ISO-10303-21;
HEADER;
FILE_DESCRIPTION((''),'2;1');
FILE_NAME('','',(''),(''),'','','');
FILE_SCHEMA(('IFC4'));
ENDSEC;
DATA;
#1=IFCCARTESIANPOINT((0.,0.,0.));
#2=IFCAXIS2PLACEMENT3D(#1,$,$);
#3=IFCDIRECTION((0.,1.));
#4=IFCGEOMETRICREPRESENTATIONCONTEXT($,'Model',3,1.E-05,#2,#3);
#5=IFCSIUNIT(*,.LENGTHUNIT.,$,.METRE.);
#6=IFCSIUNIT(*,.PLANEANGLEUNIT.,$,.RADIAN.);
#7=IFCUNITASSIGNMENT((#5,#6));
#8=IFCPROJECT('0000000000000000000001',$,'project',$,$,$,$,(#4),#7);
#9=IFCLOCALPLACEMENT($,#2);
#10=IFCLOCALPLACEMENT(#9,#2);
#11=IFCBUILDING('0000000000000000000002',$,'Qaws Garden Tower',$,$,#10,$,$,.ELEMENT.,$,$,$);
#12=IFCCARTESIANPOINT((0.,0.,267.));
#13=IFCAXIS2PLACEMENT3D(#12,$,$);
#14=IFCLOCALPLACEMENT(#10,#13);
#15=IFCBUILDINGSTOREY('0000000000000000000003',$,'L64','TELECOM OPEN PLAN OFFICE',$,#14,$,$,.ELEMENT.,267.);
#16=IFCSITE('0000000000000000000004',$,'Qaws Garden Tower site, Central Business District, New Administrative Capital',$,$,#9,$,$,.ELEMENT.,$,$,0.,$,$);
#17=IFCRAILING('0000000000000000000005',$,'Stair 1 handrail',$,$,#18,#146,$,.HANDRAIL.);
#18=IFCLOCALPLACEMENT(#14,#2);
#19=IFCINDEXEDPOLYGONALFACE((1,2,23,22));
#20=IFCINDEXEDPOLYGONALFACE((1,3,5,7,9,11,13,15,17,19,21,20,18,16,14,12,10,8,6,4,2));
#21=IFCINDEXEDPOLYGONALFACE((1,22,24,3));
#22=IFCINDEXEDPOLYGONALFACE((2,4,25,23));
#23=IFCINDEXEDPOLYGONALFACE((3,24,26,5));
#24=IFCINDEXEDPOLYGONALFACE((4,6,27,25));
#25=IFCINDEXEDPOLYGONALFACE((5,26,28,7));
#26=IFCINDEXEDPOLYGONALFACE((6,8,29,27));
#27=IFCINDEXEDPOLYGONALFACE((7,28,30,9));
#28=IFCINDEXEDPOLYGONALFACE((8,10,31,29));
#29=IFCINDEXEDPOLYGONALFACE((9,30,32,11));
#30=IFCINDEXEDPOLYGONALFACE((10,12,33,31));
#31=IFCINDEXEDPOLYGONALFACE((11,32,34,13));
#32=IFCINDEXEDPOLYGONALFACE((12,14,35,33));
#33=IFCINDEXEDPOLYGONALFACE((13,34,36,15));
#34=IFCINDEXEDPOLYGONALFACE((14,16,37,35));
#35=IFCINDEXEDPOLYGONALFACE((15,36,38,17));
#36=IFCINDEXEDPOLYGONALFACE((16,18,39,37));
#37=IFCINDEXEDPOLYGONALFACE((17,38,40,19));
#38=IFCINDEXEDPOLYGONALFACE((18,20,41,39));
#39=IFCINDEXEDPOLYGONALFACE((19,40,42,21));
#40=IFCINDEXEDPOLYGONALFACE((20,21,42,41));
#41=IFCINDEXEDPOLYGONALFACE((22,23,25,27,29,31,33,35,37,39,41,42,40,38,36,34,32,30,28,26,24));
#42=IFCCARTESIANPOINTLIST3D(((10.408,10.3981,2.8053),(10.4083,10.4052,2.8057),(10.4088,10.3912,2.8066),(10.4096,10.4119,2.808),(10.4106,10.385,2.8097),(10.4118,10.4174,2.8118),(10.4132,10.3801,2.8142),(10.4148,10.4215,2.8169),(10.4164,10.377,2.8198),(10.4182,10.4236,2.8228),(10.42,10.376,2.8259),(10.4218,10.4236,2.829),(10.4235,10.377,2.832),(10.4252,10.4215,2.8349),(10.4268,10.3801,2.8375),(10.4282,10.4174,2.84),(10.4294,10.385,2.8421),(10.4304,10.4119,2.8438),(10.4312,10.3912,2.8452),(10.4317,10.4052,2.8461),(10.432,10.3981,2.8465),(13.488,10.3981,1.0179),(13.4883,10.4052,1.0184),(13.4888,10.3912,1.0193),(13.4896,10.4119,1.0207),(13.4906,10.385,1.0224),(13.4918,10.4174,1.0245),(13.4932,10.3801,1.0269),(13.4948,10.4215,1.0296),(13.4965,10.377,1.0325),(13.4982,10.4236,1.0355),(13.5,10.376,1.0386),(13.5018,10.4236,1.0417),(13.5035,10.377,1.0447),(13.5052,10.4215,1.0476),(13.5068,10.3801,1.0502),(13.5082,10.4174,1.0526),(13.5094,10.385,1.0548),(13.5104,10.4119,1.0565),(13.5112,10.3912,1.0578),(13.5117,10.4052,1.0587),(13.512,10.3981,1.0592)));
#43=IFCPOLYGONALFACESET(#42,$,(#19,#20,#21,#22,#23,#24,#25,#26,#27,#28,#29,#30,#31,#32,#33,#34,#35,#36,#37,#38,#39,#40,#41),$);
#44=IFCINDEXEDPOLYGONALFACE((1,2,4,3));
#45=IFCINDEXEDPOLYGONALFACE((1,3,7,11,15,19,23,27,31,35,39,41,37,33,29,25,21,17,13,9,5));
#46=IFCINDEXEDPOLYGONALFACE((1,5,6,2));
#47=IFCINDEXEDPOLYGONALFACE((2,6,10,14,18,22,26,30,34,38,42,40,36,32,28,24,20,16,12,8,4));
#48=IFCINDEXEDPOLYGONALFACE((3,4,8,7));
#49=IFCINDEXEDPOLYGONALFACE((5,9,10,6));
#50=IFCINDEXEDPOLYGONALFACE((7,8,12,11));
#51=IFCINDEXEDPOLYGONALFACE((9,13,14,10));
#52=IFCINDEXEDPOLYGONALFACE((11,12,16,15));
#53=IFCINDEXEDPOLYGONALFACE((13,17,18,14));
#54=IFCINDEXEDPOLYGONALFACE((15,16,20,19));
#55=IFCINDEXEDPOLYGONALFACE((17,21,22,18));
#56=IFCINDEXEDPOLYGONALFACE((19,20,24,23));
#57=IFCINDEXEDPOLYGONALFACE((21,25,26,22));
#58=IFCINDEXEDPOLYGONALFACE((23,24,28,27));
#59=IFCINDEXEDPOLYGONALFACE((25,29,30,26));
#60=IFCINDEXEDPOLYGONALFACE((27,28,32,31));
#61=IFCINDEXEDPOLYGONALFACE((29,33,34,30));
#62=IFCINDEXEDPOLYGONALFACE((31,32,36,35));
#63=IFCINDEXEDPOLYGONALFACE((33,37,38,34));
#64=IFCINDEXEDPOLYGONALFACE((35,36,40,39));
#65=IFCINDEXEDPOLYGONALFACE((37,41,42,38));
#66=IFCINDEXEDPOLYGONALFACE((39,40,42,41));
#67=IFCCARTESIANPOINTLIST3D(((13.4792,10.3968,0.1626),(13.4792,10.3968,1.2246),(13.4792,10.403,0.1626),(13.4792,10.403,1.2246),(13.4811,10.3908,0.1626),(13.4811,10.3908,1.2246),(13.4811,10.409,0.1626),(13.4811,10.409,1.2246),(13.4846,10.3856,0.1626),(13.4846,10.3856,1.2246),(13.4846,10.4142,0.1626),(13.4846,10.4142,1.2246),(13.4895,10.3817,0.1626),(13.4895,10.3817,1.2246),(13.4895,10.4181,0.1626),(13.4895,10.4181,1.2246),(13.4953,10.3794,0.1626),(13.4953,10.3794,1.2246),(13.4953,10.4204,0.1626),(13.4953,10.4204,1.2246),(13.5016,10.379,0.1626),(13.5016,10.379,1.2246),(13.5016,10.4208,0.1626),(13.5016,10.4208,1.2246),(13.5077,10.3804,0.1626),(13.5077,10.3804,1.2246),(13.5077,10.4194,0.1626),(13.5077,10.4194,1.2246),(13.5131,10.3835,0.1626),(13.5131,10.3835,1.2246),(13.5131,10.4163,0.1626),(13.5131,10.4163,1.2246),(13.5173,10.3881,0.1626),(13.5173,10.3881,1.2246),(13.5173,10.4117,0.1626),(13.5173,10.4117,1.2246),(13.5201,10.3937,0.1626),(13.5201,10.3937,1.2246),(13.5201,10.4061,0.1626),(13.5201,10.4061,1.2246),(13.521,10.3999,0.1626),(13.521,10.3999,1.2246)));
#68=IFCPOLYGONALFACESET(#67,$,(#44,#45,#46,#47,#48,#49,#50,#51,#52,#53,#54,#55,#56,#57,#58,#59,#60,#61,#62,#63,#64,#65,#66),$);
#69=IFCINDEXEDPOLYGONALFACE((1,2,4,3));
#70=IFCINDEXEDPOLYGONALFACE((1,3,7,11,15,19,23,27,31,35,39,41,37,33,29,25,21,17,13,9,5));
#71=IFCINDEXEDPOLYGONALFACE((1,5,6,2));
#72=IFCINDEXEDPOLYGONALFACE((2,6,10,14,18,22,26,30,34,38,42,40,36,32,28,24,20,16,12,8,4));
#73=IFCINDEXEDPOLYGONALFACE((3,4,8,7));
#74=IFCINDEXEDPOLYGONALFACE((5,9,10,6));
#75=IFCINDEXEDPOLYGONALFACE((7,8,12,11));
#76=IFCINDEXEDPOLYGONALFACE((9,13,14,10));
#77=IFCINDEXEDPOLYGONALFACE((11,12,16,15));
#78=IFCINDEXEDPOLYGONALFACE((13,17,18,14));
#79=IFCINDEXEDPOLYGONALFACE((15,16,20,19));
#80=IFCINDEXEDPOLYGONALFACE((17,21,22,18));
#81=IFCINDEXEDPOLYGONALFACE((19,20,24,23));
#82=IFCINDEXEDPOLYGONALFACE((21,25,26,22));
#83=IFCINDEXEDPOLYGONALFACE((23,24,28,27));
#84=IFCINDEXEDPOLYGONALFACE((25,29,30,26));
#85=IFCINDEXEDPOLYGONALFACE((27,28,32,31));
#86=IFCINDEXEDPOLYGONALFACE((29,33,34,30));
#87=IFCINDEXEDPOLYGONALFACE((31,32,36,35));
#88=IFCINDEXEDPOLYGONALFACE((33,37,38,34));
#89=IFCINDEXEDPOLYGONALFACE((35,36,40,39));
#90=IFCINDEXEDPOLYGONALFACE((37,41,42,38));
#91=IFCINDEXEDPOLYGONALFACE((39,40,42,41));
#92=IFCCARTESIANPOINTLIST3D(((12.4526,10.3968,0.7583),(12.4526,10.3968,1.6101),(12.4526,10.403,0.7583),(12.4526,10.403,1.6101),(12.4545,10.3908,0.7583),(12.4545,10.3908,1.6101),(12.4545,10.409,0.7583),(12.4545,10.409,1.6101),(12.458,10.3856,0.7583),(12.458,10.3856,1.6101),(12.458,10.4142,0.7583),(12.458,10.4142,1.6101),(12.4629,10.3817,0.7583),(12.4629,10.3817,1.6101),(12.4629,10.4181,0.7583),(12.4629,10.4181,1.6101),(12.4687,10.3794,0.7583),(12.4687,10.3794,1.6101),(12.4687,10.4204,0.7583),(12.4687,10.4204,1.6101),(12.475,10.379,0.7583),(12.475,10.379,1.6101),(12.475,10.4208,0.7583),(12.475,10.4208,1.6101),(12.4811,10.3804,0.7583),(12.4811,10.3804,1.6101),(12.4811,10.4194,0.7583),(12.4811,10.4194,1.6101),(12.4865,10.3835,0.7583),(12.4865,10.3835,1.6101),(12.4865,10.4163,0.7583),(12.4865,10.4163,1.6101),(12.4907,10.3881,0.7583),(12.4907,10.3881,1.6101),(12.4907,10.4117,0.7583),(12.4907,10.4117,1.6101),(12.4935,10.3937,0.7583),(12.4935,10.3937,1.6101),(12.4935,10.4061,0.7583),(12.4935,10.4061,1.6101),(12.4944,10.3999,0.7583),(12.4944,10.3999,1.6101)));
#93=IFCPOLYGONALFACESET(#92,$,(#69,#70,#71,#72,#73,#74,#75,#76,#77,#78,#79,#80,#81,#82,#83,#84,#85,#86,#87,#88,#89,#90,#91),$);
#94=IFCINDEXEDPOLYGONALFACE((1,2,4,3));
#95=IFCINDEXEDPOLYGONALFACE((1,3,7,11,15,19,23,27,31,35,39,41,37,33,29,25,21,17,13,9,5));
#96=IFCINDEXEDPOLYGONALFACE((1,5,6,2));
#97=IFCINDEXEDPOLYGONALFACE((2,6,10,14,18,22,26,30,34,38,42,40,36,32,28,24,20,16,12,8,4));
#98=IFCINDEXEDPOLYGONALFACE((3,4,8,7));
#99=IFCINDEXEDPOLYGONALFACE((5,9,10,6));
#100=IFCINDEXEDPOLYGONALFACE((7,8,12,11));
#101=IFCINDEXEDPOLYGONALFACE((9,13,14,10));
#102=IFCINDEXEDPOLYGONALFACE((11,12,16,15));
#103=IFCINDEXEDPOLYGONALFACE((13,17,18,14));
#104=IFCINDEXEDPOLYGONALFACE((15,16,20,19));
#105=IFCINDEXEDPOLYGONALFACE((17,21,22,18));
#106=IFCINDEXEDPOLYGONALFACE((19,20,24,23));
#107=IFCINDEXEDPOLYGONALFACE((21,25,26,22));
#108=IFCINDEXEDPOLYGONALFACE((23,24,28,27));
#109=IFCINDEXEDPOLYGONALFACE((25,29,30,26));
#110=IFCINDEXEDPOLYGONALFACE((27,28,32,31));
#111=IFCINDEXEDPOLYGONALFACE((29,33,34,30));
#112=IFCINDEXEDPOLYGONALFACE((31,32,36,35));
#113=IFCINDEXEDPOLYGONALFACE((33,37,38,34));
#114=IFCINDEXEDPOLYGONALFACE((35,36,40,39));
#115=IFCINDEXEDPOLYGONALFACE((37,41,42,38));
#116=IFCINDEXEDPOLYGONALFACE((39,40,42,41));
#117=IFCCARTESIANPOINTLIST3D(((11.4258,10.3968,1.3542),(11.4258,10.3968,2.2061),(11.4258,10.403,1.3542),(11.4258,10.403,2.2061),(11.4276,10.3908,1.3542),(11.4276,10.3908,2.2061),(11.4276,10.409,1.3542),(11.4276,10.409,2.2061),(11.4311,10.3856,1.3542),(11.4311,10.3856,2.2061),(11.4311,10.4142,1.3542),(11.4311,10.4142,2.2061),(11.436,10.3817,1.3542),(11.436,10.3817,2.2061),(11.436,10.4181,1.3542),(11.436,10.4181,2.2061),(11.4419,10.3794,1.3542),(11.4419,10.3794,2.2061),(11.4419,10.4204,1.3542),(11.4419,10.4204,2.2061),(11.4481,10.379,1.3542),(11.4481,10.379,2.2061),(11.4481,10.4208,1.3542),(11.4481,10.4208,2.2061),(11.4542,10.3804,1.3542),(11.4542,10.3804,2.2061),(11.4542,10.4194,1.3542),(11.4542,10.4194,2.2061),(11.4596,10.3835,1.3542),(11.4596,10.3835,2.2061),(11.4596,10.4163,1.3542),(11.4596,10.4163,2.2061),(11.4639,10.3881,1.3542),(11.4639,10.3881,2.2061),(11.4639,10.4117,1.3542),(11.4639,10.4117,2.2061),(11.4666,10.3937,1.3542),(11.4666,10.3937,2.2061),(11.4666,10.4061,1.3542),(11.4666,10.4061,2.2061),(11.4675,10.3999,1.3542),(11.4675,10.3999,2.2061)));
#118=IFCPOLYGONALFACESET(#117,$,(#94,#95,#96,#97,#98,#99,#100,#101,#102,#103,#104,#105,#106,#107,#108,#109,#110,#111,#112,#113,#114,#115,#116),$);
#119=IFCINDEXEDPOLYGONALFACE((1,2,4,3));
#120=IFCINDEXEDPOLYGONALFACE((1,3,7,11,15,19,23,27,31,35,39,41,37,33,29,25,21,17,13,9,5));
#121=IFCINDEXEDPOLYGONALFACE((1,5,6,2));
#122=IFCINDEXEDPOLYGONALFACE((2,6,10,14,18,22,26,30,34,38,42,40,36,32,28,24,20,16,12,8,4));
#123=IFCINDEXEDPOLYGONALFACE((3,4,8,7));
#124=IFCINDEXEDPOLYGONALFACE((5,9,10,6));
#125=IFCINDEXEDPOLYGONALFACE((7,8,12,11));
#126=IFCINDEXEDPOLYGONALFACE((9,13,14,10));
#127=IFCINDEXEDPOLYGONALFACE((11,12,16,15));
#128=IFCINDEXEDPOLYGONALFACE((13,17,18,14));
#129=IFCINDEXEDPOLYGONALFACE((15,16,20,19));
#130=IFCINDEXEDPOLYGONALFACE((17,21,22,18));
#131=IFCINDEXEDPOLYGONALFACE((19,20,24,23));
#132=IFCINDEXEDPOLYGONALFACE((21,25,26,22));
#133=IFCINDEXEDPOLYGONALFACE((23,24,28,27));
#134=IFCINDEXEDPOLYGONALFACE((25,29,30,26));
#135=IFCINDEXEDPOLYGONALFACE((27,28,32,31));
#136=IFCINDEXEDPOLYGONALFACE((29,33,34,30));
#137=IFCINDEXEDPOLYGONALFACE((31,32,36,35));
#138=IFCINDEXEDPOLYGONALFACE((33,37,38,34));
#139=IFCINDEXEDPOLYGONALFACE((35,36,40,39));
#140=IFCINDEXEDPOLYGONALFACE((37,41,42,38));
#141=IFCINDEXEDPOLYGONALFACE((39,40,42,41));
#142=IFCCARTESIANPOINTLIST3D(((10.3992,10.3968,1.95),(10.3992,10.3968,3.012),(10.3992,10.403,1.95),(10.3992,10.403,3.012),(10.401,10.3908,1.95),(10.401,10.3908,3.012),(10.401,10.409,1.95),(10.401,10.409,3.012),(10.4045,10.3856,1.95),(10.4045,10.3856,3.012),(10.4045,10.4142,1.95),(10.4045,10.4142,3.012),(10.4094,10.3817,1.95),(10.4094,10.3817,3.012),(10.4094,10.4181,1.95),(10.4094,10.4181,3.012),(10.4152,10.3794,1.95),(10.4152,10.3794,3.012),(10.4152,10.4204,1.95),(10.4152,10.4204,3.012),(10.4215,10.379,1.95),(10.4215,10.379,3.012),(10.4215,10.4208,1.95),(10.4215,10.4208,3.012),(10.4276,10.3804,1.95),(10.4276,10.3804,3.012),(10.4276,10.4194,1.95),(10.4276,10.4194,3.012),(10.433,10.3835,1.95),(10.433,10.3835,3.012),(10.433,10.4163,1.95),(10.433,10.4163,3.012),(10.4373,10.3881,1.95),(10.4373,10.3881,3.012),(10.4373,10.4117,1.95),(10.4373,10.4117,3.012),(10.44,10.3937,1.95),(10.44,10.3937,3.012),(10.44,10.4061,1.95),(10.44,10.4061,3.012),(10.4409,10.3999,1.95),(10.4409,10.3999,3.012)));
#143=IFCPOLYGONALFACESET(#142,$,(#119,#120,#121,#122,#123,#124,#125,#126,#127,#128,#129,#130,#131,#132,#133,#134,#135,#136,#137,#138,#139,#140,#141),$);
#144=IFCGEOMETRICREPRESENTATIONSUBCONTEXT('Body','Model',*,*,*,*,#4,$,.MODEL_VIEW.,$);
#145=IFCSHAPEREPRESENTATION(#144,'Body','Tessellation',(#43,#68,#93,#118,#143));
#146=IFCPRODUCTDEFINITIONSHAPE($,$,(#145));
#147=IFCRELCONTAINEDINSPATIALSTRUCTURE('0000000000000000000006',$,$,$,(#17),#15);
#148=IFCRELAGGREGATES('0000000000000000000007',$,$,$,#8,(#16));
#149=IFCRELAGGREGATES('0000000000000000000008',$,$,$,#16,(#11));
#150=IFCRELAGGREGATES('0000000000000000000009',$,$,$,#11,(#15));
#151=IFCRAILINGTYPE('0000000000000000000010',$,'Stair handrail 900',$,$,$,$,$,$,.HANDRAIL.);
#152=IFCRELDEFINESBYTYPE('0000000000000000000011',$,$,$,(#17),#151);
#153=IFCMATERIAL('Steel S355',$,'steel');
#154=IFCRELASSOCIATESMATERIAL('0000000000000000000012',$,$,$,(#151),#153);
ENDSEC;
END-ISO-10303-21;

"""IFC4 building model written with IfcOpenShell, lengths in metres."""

from ifc_helpers import new_model, si_unit, direction, frame, origin, origin_2d, place, context, subcontext, project, spatial, circle, extrude, material, type_object, element, save


model = new_model("IFC4")

# Units and contexts
model_context = context("Model", 3, precision=1e-05, world=origin(), true_north=direction((0.0, 1.0)))
body_context = subcontext(model_context, "Body", "Model", "MODEL_VIEW")
ifc_project = project(units=[si_unit("LENGTHUNIT", "METRE"), si_unit("PLANEANGLEUNIT", "RADIAN")], contexts=[model_context])

# Site, building, storey
site_placement = place(None, origin())
site = spatial("IfcSite", under=ifc_project, at=site_placement, Name="Qaws Garden Tower site, Central Business District, New Administrative Capital", CompositionType="ELEMENT", RefElevation=0.0)
building_placement = place(site_placement, origin())
building = spatial("IfcBuilding", under=site, at=building_placement, Name="Qaws Garden Tower", CompositionType="ELEMENT")
storey_placement = place(building_placement, frame((0.0, 0.0, 267.0)))
storey = spatial("IfcBuildingStorey", under=building, at=storey_placement, Name="L64", Description="TELECOM OPEN PLAN OFFICE", CompositionType="ELEMENT", Elevation=267.0)

# Railing
ifc_material_1 = material(Name="Steel S355", Category="steel")
railing_type = type_object("IfcRailingType", Name="Stair handrail 900", PredefinedType="HANDRAIL", material=ifc_material_1)
railing_placement = place(storey_placement, frame((13.5, 10.3999, 0.1626)))
element("IfcRailing", 1, at=railing_placement, inside=storey, type_object=railing_type, Name="Stair 1 handrail", PredefinedType="HANDRAIL", context=body_context, shape_type="SweptSolid", body=[
    extrude(circle(Radius=0.0239, at=origin_2d()), frame((0.0, 0.0, 0.876), z_axis=(-0.86492, 0.0, 0.501909), x_axis=(0.0, -1.0, 0.0)), (0.0, 0.0, 1.0), 3.561),
    extrude(circle(Radius=0.021, at=origin_2d()), origin(), (0.0, 0.0, 1.0), 1.062),
    extrude(circle(Radius=0.021, at=origin_2d()), frame((-1.0266, 0.0, 0.5957)), (0.0, 0.0, 1.0), 0.8518),
    extrude(circle(Radius=0.021, at=origin_2d()), frame((-2.0535, 0.0, 1.1917)), (0.0, 0.0, 1.0), 0.8518),
    extrude(circle(Radius=0.021, at=origin_2d()), frame((-3.0801, 0.0, 1.7874)), (0.0, 0.0, 1.0), 1.062),
])

save(model, "model.ifc")
